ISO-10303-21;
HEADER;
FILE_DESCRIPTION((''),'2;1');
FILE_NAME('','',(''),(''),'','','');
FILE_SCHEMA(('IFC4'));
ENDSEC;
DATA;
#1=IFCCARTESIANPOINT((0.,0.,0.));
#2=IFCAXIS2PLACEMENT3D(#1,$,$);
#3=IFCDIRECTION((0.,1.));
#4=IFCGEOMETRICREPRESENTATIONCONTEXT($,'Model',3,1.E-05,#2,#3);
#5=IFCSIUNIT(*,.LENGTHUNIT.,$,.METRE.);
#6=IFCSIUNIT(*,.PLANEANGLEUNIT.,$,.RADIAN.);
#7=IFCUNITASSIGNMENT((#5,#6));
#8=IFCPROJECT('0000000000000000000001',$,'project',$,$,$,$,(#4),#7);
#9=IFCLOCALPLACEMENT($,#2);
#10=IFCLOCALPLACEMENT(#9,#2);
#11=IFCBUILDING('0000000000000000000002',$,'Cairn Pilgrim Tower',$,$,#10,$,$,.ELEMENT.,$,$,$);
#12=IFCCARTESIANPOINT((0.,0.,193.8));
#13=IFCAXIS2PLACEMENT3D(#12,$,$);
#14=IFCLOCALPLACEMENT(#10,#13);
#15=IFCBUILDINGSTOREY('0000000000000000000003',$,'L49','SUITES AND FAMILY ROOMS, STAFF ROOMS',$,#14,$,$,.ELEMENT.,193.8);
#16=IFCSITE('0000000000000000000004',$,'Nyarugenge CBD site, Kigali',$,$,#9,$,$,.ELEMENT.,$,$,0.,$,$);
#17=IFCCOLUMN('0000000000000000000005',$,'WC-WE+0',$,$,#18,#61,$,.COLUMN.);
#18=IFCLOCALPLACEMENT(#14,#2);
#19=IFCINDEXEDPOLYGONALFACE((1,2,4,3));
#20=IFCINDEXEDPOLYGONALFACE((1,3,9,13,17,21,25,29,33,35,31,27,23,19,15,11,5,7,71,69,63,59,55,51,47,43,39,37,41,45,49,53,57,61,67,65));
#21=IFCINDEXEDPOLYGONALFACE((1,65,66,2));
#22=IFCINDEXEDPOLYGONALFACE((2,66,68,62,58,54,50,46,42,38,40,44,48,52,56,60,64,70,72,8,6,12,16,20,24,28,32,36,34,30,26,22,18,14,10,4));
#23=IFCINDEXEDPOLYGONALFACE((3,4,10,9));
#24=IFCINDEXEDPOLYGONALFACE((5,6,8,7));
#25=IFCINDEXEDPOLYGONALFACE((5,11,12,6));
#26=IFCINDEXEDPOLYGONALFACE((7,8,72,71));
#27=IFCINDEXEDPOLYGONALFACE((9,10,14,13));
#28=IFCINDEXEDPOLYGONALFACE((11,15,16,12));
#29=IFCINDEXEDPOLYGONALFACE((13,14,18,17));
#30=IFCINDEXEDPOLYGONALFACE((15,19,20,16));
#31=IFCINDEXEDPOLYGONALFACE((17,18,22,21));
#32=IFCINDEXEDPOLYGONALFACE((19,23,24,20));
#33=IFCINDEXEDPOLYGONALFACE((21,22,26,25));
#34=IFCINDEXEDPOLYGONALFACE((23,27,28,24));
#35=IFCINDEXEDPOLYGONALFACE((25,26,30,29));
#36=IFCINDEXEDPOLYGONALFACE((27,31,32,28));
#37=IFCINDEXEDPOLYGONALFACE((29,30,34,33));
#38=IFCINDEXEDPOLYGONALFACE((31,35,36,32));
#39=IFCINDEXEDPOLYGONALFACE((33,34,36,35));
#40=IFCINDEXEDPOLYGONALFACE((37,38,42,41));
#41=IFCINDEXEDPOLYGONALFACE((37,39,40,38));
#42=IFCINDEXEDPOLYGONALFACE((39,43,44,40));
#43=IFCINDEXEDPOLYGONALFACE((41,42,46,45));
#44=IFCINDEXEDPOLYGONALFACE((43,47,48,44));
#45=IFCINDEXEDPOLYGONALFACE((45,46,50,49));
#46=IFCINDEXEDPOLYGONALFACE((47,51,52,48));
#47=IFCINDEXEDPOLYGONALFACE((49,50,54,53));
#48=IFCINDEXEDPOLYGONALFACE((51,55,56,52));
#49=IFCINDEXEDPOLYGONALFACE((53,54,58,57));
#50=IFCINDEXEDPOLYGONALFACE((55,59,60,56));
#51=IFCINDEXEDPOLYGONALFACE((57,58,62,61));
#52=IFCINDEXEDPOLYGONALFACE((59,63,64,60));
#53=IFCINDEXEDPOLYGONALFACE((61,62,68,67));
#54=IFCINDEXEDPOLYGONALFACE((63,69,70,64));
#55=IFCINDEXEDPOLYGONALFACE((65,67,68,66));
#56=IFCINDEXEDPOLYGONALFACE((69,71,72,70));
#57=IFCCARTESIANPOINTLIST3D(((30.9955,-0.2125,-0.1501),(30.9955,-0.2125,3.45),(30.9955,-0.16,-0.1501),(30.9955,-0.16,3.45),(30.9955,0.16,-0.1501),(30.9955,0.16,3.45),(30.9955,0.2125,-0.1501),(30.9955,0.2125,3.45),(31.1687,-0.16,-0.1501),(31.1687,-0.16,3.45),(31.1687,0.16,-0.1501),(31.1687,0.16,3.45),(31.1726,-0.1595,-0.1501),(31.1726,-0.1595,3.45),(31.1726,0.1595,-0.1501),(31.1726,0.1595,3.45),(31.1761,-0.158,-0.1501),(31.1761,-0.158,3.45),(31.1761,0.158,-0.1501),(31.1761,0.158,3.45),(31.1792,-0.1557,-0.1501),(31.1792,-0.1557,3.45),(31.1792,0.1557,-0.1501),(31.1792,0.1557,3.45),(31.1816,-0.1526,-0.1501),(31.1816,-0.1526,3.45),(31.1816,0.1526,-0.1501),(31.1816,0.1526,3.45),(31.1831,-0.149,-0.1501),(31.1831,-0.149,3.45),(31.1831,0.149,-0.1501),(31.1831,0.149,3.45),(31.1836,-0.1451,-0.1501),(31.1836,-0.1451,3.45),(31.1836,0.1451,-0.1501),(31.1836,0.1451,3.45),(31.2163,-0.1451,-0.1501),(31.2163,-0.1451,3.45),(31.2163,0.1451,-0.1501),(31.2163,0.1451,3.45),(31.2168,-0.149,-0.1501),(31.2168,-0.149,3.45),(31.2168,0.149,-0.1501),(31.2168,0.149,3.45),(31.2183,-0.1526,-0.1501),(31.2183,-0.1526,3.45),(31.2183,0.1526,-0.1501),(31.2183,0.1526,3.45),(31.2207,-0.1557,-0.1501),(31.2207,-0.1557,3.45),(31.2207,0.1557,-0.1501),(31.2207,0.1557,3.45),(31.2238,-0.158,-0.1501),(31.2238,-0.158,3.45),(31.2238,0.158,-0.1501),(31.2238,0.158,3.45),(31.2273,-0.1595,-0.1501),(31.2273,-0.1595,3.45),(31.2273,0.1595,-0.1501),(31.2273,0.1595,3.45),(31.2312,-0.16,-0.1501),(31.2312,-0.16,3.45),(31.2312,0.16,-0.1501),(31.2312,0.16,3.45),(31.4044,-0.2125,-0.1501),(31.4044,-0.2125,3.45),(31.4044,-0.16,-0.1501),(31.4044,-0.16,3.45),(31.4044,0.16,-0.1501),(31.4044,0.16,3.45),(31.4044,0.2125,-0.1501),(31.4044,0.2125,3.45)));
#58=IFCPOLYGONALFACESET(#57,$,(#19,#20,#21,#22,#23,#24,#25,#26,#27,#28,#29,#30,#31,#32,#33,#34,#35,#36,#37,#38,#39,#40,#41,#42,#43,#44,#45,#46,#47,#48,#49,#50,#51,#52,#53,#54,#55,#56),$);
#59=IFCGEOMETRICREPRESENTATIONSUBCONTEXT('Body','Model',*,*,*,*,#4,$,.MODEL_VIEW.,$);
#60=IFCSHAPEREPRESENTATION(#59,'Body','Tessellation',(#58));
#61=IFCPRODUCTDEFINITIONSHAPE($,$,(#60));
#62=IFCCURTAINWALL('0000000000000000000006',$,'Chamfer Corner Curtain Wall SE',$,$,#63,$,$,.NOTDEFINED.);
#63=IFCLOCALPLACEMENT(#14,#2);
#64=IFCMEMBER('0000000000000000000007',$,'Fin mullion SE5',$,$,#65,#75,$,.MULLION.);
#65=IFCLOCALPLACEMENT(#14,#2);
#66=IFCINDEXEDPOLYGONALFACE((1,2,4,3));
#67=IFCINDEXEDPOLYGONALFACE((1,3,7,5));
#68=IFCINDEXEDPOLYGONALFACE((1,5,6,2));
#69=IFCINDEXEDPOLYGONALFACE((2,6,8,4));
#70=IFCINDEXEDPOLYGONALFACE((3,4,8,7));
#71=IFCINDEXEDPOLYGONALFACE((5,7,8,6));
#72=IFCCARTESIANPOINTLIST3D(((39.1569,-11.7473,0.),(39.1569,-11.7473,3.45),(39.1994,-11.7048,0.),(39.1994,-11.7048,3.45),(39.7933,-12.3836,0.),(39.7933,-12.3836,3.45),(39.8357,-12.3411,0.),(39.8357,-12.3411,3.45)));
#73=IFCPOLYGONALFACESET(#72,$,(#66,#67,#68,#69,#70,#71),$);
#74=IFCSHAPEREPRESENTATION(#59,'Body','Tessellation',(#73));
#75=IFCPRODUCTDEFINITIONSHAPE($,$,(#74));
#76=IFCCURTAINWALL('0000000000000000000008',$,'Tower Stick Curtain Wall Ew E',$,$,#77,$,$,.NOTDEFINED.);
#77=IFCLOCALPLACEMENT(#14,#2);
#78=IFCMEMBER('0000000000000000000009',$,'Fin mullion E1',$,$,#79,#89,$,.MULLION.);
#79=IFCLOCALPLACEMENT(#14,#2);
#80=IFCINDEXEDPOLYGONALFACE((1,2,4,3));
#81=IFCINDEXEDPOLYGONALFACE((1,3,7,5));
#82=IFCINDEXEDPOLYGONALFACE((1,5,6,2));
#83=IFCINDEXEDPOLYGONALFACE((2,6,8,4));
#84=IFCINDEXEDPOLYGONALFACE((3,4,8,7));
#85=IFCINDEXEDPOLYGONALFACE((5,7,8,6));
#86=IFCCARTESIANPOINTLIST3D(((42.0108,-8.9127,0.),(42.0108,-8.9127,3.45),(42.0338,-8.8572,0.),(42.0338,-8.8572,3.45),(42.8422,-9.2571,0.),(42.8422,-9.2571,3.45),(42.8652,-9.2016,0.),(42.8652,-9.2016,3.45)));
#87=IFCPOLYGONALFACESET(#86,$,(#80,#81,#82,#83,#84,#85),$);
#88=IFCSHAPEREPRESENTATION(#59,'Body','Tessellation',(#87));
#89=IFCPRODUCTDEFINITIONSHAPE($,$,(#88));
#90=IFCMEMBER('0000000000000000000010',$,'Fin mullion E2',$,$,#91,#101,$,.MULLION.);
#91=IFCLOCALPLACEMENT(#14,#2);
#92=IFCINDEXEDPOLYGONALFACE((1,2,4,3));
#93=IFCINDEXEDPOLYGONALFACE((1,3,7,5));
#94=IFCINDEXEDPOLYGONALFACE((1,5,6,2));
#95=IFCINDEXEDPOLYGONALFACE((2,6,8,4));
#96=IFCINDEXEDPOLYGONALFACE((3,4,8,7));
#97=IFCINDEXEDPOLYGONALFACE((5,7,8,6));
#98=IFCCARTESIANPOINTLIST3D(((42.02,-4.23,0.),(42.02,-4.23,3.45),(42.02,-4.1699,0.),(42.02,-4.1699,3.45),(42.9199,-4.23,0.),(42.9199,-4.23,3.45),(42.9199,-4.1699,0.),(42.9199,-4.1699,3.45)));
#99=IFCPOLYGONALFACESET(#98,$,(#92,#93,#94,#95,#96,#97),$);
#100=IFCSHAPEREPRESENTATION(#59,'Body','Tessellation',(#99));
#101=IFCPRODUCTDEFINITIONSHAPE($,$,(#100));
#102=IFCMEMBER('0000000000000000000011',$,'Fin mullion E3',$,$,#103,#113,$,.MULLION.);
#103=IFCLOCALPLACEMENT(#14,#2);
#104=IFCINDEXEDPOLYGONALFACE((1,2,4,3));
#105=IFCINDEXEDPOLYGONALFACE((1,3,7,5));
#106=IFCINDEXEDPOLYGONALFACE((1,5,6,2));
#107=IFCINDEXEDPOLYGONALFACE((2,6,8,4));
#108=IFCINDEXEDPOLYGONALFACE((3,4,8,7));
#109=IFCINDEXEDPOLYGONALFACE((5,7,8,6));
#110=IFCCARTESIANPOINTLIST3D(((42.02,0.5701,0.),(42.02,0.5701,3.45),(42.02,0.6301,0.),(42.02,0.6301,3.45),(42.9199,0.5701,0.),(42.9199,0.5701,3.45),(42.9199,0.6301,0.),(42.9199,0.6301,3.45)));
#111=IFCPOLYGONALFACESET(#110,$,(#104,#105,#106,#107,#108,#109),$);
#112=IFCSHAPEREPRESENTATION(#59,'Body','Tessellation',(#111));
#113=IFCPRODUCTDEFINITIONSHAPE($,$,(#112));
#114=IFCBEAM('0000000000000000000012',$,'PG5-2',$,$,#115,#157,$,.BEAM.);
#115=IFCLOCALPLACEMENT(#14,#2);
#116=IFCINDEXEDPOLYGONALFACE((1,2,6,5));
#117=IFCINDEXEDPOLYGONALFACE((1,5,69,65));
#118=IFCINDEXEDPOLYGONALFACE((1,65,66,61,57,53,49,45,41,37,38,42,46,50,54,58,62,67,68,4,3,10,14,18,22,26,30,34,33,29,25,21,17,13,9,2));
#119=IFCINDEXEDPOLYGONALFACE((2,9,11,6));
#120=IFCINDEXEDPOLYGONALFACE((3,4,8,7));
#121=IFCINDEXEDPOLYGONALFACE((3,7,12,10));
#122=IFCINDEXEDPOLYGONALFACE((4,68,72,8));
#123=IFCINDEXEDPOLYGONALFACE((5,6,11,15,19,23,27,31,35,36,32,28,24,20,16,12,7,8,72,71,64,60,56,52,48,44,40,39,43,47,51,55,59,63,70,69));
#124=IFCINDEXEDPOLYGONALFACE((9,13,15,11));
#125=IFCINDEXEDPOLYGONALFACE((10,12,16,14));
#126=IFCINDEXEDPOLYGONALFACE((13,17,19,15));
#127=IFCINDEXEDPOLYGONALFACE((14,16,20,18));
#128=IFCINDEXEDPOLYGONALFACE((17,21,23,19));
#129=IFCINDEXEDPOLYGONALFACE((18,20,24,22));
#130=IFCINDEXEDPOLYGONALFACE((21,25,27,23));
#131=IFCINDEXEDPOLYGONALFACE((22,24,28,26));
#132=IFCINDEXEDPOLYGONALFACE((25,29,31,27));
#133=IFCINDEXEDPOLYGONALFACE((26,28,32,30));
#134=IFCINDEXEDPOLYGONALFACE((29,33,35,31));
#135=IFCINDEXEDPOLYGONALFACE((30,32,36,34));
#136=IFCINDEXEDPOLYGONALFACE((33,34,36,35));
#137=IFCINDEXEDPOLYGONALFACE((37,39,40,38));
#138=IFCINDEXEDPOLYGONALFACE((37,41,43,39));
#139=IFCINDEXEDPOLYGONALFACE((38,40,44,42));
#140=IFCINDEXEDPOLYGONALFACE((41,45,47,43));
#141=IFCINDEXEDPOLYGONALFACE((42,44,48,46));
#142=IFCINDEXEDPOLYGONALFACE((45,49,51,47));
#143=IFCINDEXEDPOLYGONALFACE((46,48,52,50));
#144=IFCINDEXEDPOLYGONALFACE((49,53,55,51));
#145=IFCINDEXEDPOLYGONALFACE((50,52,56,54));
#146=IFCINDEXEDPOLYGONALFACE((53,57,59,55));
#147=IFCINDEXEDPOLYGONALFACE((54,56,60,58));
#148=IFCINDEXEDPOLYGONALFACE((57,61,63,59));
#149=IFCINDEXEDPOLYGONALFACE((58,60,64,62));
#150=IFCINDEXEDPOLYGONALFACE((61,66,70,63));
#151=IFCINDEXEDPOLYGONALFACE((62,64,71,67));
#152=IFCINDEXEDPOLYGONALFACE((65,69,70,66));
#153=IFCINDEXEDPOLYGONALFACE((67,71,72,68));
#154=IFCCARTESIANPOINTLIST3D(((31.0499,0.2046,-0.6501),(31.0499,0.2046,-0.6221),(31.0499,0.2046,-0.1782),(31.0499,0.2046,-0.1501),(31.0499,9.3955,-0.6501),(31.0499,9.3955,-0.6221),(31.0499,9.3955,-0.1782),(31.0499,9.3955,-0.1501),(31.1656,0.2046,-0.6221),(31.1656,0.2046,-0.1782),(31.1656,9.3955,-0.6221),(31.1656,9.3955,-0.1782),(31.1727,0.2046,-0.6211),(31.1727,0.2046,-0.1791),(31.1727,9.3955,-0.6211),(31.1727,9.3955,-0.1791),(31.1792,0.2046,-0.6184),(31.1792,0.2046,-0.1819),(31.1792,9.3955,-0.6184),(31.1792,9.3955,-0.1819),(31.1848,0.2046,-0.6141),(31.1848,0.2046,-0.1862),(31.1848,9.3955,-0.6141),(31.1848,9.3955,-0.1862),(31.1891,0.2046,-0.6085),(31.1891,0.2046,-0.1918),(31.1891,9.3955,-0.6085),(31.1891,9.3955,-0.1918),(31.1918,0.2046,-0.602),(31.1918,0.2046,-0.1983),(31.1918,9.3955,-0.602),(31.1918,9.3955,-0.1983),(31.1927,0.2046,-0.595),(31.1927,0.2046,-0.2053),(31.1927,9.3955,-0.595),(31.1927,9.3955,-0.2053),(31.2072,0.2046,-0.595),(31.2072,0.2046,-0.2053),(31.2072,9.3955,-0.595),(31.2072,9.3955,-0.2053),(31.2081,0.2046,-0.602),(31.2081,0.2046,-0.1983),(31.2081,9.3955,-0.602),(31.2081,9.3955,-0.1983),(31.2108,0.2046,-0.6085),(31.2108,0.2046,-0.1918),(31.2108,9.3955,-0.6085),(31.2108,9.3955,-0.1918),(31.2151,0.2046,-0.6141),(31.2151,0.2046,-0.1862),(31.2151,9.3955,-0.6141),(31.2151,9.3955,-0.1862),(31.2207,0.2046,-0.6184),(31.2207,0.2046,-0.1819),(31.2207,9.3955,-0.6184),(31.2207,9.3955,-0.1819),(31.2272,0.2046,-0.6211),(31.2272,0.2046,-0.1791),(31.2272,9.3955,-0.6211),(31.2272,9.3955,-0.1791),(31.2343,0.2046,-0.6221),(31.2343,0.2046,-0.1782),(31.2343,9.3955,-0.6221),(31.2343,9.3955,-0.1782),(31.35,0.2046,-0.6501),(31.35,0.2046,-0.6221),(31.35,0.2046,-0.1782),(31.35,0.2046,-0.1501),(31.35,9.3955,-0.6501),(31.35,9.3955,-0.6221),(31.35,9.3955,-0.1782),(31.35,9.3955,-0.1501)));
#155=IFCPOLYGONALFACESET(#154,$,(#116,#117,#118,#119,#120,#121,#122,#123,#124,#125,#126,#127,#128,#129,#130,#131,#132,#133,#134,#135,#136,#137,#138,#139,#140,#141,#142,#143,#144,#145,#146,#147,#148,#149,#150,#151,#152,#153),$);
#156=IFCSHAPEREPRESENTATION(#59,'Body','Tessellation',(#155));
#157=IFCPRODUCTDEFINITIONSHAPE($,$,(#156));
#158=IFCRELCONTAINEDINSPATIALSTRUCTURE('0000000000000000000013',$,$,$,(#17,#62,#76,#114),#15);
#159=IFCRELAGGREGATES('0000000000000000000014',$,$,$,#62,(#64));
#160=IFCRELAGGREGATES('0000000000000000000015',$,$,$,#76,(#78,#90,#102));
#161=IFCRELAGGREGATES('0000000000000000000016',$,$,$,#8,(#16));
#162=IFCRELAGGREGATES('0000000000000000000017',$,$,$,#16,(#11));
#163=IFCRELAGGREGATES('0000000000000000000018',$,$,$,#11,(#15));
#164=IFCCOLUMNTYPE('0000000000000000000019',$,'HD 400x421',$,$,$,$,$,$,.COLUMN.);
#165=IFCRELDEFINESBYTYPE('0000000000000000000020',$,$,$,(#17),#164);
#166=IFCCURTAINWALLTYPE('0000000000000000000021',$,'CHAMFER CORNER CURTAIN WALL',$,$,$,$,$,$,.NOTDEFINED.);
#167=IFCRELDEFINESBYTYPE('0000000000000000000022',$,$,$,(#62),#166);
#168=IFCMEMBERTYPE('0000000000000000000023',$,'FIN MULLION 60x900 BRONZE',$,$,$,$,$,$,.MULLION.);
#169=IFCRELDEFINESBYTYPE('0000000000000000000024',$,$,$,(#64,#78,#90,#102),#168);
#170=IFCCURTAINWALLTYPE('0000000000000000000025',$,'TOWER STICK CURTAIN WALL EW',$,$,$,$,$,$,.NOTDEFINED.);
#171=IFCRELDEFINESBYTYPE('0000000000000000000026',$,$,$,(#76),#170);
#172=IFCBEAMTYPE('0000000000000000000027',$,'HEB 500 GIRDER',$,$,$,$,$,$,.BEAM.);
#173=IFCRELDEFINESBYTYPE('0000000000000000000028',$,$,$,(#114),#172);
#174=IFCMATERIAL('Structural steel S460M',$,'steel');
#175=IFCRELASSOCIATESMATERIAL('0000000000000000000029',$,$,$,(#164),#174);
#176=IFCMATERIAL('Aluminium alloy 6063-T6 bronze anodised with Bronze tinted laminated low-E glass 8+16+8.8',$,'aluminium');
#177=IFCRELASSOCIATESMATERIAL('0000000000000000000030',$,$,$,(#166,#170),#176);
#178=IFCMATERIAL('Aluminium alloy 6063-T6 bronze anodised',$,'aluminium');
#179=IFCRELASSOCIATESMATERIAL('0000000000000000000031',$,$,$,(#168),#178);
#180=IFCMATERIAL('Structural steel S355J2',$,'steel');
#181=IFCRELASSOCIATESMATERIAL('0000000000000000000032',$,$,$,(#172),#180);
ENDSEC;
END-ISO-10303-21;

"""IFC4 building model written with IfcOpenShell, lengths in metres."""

from ifc_helpers import new_model, si_unit, direction, frame, origin, origin_2d, place, context, subcontext, project, spatial, rectangle, i_section, extrude, material, material_profile, profile_set, type_object, element, aggregate, save


model = new_model("IFC4")

# Units and contexts
model_context = context("Model", 3, precision=1e-05, world=origin(), true_north=direction((0.0, 1.0)))
body_context = subcontext(model_context, "Body", "Model", "MODEL_VIEW")
ifc_project = project(units=[si_unit("LENGTHUNIT", "METRE"), si_unit("PLANEANGLEUNIT", "RADIAN")], contexts=[model_context])

# Site, building, storey
site_placement = place(None, origin())
site = spatial("IfcSite", under=ifc_project, at=site_placement, Name="Nyarugenge CBD site, Kigali", CompositionType="ELEMENT", RefElevation=0.0)
building_placement = place(site_placement, origin())
building = spatial("IfcBuilding", under=site, at=building_placement, Name="Cairn Pilgrim Tower", CompositionType="ELEMENT")
storey_placement = place(building_placement, frame((0.0, 0.0, 193.8)))
storey = spatial("IfcBuildingStorey", under=building, at=storey_placement, Name="L49", Description="SUITES AND FAMILY ROOMS, STAFF ROOMS", CompositionType="ELEMENT", Elevation=193.8)

# Column
ifc_material_1 = material(Name="Structural steel S460M", Category="steel")
ifc_material_profile_1 = material_profile(ifc_material_1, i_section(OverallWidth=0.4089, OverallDepth=0.425, WebThickness=0.0327, FlangeThickness=0.0525, FilletRadius=0.0149, at=origin_2d()), Name="HD 400x421")
ifc_profile_set_1 = profile_set([ifc_material_profile_1], Name="Structural steel S460M")
column_type_1 = type_object("IfcColumnType", Name="HD 400x421", PredefinedType="COLUMN", material=ifc_profile_set_1)
column_placement = place(storey_placement, frame((31.2, 0.0, -0.1501), z_axis=(0.0, 0.0, 1.0), x_axis=(1.0, 0.0, 0.0)))
element("IfcColumn", 1, at=column_placement, inside=storey, type_object=column_type_1, Name="WC-WE+0", PredefinedType="COLUMN", context=body_context, shape_type="SweptSolid", body=[
    extrude(i_section(OverallWidth=0.4089, OverallDepth=0.425, WebThickness=0.0327, FlangeThickness=0.0525, FilletRadius=0.0149, at=origin_2d()), origin(), (0.0, 0.0, 1.0), 3.6001),
])

# Curtain wall, member
ifc_material_2 = material(Name="Aluminium alloy 6063-T6 bronze anodised with Bronze tinted laminated low-E glass 8+16+8.8", Category="aluminium")
curtain_wall_type_1 = type_object("IfcCurtainWallType", Name="CHAMFER CORNER CURTAIN WALL", PredefinedType="NOTDEFINED", material=ifc_material_2)
curtain_wall_1_placement = place(storey_placement, origin())
curtain_wall_1 = element("IfcCurtainWall", 2, at=curtain_wall_1_placement, inside=storey, type_object=curtain_wall_type_1, Name="Chamfer Corner Curtain Wall SE", PredefinedType="NOTDEFINED")
ifc_material_3 = material(Name="Aluminium alloy 6063-T6 bronze anodised", Category="aluminium")
ifc_material_profile_2 = material_profile(ifc_material_3, rectangle(XDim=0.8999, YDim=0.0601, at=origin_2d()), Name="FIN MULLION 60x900 BRONZE")
ifc_profile_set_2 = profile_set([ifc_material_profile_2], Name="Aluminium alloy 6063-T6 bronze anodised")
member_type_1 = type_object("IfcMemberType", Name="FIN MULLION 60x900 BRONZE", PredefinedType="MULLION", material=ifc_profile_set_2)
member_1_placement = place(storey_placement, frame((39.4963, -12.0442, 0.0), z_axis=(0.0, 0.0, 1.0), x_axis=(0.707107, -0.707107, 0.0)))
member_1 = element("IfcMember", 3, at=member_1_placement, type_object=member_type_1, Name="Fin mullion SE5", PredefinedType="MULLION", context=body_context, shape_type="SweptSolid", body=[
    extrude(rectangle(XDim=0.8999, YDim=0.0601, at=origin_2d()), origin(), (0.0, 0.0, 1.0), 3.45),
])
aggregate(curtain_wall_1, [member_1])

# Curtain wall, members
curtain_wall_type_2 = type_object("IfcCurtainWallType", Name="TOWER STICK CURTAIN WALL EW", PredefinedType="NOTDEFINED", material=ifc_material_2)
curtain_wall_2_placement = place(storey_placement, origin())
curtain_wall_2 = element("IfcCurtainWall", 4, at=curtain_wall_2_placement, inside=storey, type_object=curtain_wall_type_2, Name="Tower Stick Curtain Wall Ew E", PredefinedType="NOTDEFINED")
member_2_placement = place(storey_placement, frame((42.438, -9.0571, 0.0), z_axis=(0.0, 0.0, 1.0), x_axis=(0.92388, -0.382683, 0.0)))
member_2 = element("IfcMember", 5, at=member_2_placement, type_object=member_type_1, Name="Fin mullion E1", PredefinedType="MULLION", context=body_context, shape_type="SweptSolid", body=[
    extrude(rectangle(XDim=0.8999, YDim=0.0601, at=origin_2d()), origin(), (0.0, 0.0, 1.0), 3.45),
])
member_3_placement = place(storey_placement, frame((42.47, -4.2, 0.0), z_axis=(0.0, 0.0, 1.0), x_axis=(1.0, 0.0, 0.0)))
member_3 = element("IfcMember", 6, at=member_3_placement, type_object=member_type_1, Name="Fin mullion E2", PredefinedType="MULLION", context=body_context, shape_type="SweptSolid", body=[
    extrude(rectangle(XDim=0.8999, YDim=0.0601, at=origin_2d()), origin(), (0.0, 0.0, 1.0), 3.45),
])
member_4_placement = place(storey_placement, frame((42.47, 0.6001, 0.0), z_axis=(0.0, 0.0, 1.0), x_axis=(1.0, 0.0, 0.0)))
member_4 = element("IfcMember", 7, at=member_4_placement, type_object=member_type_1, Name="Fin mullion E3", PredefinedType="MULLION", context=body_context, shape_type="SweptSolid", body=[
    extrude(rectangle(XDim=0.8999, YDim=0.0601, at=origin_2d()), origin(), (0.0, 0.0, 1.0), 3.45),
])

# Beam
ifc_material_4 = material(Name="Structural steel S355J2", Category="steel")
ifc_material_profile_3 = material_profile(ifc_material_4, i_section(OverallWidth=0.3, OverallDepth=0.5, WebThickness=0.0144, FlangeThickness=0.0281, FilletRadius=0.0271, at=origin_2d()), Name="HEB 500")
ifc_profile_set_3 = profile_set([ifc_material_profile_3], Name="Structural steel S355J2")
beam_type_1 = type_object("IfcBeamType", Name="HEB 500 GIRDER", PredefinedType="BEAM", material=ifc_profile_set_3)
beam_1_placement = place(storey_placement, frame((31.2, 0.2046, -0.4001), z_axis=(0.0, 1.0, 0.0), x_axis=(-1.0, 0.0, 0.0)))
element("IfcBeam", 8, at=beam_1_placement, inside=storey, type_object=beam_type_1, Name="PG5-2", PredefinedType="BEAM", context=body_context, shape_type="SweptSolid", body=[
    extrude(i_section(OverallWidth=0.3, OverallDepth=0.5, WebThickness=0.0144, FlangeThickness=0.0281, FilletRadius=0.0271, at=origin_2d()), origin(), (0.0, 0.0, 1.0), 9.1909),
])

aggregate(curtain_wall_2, [member_2, member_3, member_4])

save(model, "model.ifc")
